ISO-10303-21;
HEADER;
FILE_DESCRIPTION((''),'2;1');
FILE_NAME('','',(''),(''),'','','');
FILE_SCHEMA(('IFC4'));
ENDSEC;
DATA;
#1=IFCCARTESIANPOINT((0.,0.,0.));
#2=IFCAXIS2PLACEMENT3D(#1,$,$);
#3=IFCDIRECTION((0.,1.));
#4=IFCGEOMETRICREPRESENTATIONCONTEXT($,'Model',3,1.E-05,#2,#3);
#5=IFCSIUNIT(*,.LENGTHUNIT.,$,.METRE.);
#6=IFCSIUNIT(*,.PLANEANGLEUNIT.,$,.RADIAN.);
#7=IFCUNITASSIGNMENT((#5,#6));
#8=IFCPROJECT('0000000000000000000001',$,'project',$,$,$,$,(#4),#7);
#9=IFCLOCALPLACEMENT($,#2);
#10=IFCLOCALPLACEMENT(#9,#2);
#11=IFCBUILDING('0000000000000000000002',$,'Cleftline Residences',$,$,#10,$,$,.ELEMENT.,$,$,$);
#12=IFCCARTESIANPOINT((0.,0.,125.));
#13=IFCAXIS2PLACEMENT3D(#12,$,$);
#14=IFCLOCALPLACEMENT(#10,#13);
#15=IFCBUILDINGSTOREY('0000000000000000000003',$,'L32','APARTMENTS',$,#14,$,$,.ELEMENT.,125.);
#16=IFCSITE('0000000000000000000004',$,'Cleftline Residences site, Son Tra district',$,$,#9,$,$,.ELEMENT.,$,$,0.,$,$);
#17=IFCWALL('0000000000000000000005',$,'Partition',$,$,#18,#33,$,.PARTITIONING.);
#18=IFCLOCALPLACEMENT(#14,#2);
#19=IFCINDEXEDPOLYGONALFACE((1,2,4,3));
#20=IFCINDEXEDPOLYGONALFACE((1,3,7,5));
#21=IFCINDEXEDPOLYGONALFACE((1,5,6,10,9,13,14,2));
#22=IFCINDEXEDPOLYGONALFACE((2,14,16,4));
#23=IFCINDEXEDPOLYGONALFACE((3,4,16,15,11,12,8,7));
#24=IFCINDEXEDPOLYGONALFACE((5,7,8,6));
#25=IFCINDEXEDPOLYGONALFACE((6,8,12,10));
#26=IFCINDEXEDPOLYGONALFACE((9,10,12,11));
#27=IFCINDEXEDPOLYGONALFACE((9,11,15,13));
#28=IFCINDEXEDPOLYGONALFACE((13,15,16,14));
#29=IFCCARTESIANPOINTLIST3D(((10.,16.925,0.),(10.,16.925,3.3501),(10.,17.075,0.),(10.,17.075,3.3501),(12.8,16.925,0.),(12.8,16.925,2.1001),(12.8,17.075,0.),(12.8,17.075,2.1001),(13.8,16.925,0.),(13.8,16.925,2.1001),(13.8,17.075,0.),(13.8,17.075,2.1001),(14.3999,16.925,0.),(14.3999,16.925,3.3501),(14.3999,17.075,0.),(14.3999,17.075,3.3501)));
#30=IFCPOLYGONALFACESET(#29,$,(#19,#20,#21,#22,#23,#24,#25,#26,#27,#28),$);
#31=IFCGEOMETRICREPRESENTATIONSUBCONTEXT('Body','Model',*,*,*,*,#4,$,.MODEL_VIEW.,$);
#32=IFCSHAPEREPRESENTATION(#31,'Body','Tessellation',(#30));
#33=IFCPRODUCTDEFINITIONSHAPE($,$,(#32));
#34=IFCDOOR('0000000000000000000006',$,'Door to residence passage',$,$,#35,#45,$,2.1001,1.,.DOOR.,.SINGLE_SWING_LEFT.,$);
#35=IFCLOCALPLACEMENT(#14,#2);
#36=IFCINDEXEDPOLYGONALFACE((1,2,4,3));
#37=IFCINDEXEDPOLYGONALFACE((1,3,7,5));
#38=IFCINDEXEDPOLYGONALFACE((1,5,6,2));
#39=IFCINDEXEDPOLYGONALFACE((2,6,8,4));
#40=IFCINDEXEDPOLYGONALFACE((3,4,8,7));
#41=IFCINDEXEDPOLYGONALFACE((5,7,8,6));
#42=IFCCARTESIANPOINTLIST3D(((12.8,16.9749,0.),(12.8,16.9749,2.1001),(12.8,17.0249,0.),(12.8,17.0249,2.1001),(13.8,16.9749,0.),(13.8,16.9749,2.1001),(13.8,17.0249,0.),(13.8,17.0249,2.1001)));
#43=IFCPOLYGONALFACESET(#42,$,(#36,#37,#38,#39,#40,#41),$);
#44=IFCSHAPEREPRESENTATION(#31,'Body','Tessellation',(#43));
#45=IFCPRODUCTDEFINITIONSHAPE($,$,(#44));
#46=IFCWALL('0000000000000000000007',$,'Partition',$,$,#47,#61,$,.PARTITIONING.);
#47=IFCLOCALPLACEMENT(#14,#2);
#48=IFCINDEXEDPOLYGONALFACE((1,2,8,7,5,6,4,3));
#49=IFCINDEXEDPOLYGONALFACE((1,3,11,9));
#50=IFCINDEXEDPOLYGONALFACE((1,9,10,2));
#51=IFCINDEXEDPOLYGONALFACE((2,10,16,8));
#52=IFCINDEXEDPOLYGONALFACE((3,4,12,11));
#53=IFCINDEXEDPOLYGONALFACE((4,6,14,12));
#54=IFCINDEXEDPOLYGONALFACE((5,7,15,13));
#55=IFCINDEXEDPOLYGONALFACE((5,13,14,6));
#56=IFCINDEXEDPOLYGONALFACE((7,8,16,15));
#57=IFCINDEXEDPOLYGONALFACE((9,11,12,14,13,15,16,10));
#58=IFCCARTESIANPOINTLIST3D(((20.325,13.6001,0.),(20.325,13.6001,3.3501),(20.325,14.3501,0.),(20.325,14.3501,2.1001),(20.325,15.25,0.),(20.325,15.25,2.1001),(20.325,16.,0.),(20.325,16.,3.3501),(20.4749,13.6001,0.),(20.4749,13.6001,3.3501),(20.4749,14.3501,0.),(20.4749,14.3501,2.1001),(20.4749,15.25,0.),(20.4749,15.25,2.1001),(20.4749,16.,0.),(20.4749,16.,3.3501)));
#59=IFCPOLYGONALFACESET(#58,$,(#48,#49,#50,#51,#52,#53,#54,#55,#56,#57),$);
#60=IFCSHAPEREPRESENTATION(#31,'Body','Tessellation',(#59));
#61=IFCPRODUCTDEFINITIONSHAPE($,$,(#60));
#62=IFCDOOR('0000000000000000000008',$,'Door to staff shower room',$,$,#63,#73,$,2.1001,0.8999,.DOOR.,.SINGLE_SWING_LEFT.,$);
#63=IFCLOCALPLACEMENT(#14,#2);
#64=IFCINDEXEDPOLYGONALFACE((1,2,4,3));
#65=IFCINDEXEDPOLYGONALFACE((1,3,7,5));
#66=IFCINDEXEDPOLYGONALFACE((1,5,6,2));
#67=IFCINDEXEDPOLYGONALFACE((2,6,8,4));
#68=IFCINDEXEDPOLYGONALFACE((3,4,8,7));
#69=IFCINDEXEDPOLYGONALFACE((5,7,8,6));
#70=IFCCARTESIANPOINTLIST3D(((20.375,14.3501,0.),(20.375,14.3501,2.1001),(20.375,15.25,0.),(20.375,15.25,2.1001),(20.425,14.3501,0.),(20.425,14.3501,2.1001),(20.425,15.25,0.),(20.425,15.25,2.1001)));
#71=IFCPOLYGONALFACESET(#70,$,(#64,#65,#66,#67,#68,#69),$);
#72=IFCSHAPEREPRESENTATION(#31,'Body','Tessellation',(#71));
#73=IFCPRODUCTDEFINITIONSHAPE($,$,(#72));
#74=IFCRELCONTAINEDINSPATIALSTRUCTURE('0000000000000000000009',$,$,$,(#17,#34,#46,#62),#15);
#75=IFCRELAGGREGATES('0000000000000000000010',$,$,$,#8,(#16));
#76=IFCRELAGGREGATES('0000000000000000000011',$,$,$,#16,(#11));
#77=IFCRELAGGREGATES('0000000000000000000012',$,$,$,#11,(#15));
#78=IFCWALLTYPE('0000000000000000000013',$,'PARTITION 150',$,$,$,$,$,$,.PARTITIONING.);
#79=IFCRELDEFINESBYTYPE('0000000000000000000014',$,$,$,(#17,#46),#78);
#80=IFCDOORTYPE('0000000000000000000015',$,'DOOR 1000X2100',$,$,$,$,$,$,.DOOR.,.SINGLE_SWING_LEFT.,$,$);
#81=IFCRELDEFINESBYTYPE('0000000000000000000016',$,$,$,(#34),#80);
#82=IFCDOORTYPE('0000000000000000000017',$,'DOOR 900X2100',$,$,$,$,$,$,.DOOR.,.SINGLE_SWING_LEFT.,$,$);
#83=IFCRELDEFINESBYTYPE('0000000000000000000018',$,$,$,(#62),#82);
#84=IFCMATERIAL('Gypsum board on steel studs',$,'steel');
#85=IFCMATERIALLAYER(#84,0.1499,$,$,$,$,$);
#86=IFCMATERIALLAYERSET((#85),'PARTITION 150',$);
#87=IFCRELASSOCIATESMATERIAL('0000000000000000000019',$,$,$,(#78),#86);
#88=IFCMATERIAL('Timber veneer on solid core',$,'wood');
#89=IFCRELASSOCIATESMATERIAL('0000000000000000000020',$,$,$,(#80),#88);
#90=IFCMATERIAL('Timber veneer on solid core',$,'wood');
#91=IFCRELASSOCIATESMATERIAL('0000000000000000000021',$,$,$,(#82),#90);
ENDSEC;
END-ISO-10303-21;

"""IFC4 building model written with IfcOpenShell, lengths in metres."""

from ifc_helpers import new_model, si_unit, direction, frame, frame_2d, origin, place, context, subcontext, project, spatial, rectangle, extrude, material, layer, layer_set, type_object, element, fill, save


model = new_model("IFC4")

# Units and contexts
model_context = context("Model", 3, precision=1e-05, world=origin(), true_north=direction((0.0, 1.0)))
body_context = subcontext(model_context, "Body", "Model", "MODEL_VIEW")
ifc_project = project(units=[si_unit("LENGTHUNIT", "METRE"), si_unit("PLANEANGLEUNIT", "RADIAN")], contexts=[model_context])

# Site, building, storey
site_placement = place(None, origin())
site = spatial("IfcSite", under=ifc_project, at=site_placement, Name="Cleftline Residences site, Son Tra district", CompositionType="ELEMENT", RefElevation=0.0)
building_placement = place(site_placement, origin())
building = spatial("IfcBuilding", under=site, at=building_placement, Name="Cleftline Residences", CompositionType="ELEMENT")
storey_placement = place(building_placement, frame((0.0, 0.0, 125.0)))
storey = spatial("IfcBuildingStorey", under=building, at=storey_placement, Name="L32", Description="APARTMENTS", CompositionType="ELEMENT", Elevation=125.0)

# Shared definitions
ifc_material_1 = material(Name="Gypsum board on steel studs", Category="steel")
ifc_layer_1 = layer(ifc_material_1, 0.1499)
ifc_layer_set_1 = layer_set([ifc_layer_1], Name="PARTITION 150")
wall_type_1 = type_object("IfcWallType", Name="PARTITION 150", PredefinedType="PARTITIONING", material=ifc_layer_set_1)

# Walls, openings, doors
wall_1_placement = place(storey_placement, frame((10.0, 17.0, 0.0), z_axis=(0.0, 0.0, 1.0), x_axis=(1.0, 0.0, 0.0)))
wall_1 = element("IfcWall", 1, at=wall_1_placement, inside=storey, type_object=wall_type_1, Name="Partition", PredefinedType="PARTITIONING", context=body_context, shape_type="SweptSolid", body=[
    extrude(rectangle(XDim=4.3999, YDim=0.1499, at=frame_2d((2.2, 0.0))), origin(), (0.0, 0.0, 1.0), 3.3501),
])
opening_1_placement = place(wall_1_placement, frame((2.8, 0.0, 0.0)))
opening_1 = element("IfcOpeningElement", 2, at=opening_1_placement, cuts=wall_1, PredefinedType="OPENING", context=body_context, shape_type="SweptSolid", body=[
    extrude(rectangle(XDim=1.0, YDim=2.1001, at=frame_2d((0.5, 1.05))), frame((0.0, 0.085, 0.0), z_axis=(0.0, -1.0, 0.0), x_axis=(1.0, 0.0, 0.0)), (0.0, 0.0, 1.0), 0.1699),
])
ifc_material_2 = material(Name="Timber veneer on solid core", Category="wood")
door_type_1 = type_object("IfcDoorType", Name="DOOR 1000X2100", OperationType="SINGLE_SWING_LEFT", PredefinedType="DOOR", material=ifc_material_2)
door_1_placement = place(opening_1_placement, origin())
door_1 = element("IfcDoor", 3, at=door_1_placement, inside=storey, type_object=door_type_1, Name="Door to residence passage", OperationType="SINGLE_SWING_LEFT", OverallHeight=2.1001, OverallWidth=1.0, PredefinedType="DOOR", context=body_context, shape_type="SweptSolid", body=[
    extrude(rectangle(XDim=1.0, YDim=2.1001, at=frame_2d((0.5, 1.05))), frame((0.0, 0.0249, 0.0), z_axis=(0.0, -1.0, 0.0), x_axis=(1.0, 0.0, 0.0)), (0.0, 0.0, 1.0), 0.05),
])
fill(opening_1, door_1)
wall_2_placement = place(storey_placement, frame((20.3999, 13.6001, 0.0), z_axis=(0.0, 0.0, 1.0), x_axis=(0.0, 1.0, 0.0)))
wall_2 = element("IfcWall", 4, at=wall_2_placement, inside=storey, type_object=wall_type_1, Name="Partition", PredefinedType="PARTITIONING", context=body_context, shape_type="SweptSolid", body=[
    extrude(rectangle(XDim=2.3999, YDim=0.1499, at=frame_2d((1.2, 0.0))), origin(), (0.0, 0.0, 1.0), 3.3501),
])
opening_2_placement = place(wall_2_placement, frame((0.75, 0.0, 0.0)))
opening_2 = element("IfcOpeningElement", 5, at=opening_2_placement, cuts=wall_2, PredefinedType="OPENING", context=body_context, shape_type="SweptSolid", body=[
    extrude(rectangle(XDim=0.8999, YDim=2.1001, at=frame_2d((0.45, 1.05))), frame((0.0, 0.085, 0.0), z_axis=(0.0, -1.0, 0.0), x_axis=(1.0, 0.0, 0.0)), (0.0, 0.0, 1.0), 0.1699),
])
ifc_material_3 = material(Name="Timber veneer on solid core", Category="wood")
door_type_2 = type_object("IfcDoorType", Name="DOOR 900X2100", OperationType="SINGLE_SWING_LEFT", PredefinedType="DOOR", material=ifc_material_3)
door_2_placement = place(opening_2_placement, origin())
door_2 = element("IfcDoor", 6, at=door_2_placement, inside=storey, type_object=door_type_2, Name="Door to staff shower room", OperationType="SINGLE_SWING_LEFT", OverallHeight=2.1001, OverallWidth=0.8999, PredefinedType="DOOR", context=body_context, shape_type="SweptSolid", body=[
    extrude(rectangle(XDim=0.8999, YDim=2.1001, at=frame_2d((0.45, 1.05))), frame((0.0, 0.0249, 0.0), z_axis=(0.0, -1.0, 0.0), x_axis=(1.0, 0.0, 0.0)), (0.0, 0.0, 1.0), 0.05),
])
fill(opening_2, door_2)

save(model, "model.ifc")
